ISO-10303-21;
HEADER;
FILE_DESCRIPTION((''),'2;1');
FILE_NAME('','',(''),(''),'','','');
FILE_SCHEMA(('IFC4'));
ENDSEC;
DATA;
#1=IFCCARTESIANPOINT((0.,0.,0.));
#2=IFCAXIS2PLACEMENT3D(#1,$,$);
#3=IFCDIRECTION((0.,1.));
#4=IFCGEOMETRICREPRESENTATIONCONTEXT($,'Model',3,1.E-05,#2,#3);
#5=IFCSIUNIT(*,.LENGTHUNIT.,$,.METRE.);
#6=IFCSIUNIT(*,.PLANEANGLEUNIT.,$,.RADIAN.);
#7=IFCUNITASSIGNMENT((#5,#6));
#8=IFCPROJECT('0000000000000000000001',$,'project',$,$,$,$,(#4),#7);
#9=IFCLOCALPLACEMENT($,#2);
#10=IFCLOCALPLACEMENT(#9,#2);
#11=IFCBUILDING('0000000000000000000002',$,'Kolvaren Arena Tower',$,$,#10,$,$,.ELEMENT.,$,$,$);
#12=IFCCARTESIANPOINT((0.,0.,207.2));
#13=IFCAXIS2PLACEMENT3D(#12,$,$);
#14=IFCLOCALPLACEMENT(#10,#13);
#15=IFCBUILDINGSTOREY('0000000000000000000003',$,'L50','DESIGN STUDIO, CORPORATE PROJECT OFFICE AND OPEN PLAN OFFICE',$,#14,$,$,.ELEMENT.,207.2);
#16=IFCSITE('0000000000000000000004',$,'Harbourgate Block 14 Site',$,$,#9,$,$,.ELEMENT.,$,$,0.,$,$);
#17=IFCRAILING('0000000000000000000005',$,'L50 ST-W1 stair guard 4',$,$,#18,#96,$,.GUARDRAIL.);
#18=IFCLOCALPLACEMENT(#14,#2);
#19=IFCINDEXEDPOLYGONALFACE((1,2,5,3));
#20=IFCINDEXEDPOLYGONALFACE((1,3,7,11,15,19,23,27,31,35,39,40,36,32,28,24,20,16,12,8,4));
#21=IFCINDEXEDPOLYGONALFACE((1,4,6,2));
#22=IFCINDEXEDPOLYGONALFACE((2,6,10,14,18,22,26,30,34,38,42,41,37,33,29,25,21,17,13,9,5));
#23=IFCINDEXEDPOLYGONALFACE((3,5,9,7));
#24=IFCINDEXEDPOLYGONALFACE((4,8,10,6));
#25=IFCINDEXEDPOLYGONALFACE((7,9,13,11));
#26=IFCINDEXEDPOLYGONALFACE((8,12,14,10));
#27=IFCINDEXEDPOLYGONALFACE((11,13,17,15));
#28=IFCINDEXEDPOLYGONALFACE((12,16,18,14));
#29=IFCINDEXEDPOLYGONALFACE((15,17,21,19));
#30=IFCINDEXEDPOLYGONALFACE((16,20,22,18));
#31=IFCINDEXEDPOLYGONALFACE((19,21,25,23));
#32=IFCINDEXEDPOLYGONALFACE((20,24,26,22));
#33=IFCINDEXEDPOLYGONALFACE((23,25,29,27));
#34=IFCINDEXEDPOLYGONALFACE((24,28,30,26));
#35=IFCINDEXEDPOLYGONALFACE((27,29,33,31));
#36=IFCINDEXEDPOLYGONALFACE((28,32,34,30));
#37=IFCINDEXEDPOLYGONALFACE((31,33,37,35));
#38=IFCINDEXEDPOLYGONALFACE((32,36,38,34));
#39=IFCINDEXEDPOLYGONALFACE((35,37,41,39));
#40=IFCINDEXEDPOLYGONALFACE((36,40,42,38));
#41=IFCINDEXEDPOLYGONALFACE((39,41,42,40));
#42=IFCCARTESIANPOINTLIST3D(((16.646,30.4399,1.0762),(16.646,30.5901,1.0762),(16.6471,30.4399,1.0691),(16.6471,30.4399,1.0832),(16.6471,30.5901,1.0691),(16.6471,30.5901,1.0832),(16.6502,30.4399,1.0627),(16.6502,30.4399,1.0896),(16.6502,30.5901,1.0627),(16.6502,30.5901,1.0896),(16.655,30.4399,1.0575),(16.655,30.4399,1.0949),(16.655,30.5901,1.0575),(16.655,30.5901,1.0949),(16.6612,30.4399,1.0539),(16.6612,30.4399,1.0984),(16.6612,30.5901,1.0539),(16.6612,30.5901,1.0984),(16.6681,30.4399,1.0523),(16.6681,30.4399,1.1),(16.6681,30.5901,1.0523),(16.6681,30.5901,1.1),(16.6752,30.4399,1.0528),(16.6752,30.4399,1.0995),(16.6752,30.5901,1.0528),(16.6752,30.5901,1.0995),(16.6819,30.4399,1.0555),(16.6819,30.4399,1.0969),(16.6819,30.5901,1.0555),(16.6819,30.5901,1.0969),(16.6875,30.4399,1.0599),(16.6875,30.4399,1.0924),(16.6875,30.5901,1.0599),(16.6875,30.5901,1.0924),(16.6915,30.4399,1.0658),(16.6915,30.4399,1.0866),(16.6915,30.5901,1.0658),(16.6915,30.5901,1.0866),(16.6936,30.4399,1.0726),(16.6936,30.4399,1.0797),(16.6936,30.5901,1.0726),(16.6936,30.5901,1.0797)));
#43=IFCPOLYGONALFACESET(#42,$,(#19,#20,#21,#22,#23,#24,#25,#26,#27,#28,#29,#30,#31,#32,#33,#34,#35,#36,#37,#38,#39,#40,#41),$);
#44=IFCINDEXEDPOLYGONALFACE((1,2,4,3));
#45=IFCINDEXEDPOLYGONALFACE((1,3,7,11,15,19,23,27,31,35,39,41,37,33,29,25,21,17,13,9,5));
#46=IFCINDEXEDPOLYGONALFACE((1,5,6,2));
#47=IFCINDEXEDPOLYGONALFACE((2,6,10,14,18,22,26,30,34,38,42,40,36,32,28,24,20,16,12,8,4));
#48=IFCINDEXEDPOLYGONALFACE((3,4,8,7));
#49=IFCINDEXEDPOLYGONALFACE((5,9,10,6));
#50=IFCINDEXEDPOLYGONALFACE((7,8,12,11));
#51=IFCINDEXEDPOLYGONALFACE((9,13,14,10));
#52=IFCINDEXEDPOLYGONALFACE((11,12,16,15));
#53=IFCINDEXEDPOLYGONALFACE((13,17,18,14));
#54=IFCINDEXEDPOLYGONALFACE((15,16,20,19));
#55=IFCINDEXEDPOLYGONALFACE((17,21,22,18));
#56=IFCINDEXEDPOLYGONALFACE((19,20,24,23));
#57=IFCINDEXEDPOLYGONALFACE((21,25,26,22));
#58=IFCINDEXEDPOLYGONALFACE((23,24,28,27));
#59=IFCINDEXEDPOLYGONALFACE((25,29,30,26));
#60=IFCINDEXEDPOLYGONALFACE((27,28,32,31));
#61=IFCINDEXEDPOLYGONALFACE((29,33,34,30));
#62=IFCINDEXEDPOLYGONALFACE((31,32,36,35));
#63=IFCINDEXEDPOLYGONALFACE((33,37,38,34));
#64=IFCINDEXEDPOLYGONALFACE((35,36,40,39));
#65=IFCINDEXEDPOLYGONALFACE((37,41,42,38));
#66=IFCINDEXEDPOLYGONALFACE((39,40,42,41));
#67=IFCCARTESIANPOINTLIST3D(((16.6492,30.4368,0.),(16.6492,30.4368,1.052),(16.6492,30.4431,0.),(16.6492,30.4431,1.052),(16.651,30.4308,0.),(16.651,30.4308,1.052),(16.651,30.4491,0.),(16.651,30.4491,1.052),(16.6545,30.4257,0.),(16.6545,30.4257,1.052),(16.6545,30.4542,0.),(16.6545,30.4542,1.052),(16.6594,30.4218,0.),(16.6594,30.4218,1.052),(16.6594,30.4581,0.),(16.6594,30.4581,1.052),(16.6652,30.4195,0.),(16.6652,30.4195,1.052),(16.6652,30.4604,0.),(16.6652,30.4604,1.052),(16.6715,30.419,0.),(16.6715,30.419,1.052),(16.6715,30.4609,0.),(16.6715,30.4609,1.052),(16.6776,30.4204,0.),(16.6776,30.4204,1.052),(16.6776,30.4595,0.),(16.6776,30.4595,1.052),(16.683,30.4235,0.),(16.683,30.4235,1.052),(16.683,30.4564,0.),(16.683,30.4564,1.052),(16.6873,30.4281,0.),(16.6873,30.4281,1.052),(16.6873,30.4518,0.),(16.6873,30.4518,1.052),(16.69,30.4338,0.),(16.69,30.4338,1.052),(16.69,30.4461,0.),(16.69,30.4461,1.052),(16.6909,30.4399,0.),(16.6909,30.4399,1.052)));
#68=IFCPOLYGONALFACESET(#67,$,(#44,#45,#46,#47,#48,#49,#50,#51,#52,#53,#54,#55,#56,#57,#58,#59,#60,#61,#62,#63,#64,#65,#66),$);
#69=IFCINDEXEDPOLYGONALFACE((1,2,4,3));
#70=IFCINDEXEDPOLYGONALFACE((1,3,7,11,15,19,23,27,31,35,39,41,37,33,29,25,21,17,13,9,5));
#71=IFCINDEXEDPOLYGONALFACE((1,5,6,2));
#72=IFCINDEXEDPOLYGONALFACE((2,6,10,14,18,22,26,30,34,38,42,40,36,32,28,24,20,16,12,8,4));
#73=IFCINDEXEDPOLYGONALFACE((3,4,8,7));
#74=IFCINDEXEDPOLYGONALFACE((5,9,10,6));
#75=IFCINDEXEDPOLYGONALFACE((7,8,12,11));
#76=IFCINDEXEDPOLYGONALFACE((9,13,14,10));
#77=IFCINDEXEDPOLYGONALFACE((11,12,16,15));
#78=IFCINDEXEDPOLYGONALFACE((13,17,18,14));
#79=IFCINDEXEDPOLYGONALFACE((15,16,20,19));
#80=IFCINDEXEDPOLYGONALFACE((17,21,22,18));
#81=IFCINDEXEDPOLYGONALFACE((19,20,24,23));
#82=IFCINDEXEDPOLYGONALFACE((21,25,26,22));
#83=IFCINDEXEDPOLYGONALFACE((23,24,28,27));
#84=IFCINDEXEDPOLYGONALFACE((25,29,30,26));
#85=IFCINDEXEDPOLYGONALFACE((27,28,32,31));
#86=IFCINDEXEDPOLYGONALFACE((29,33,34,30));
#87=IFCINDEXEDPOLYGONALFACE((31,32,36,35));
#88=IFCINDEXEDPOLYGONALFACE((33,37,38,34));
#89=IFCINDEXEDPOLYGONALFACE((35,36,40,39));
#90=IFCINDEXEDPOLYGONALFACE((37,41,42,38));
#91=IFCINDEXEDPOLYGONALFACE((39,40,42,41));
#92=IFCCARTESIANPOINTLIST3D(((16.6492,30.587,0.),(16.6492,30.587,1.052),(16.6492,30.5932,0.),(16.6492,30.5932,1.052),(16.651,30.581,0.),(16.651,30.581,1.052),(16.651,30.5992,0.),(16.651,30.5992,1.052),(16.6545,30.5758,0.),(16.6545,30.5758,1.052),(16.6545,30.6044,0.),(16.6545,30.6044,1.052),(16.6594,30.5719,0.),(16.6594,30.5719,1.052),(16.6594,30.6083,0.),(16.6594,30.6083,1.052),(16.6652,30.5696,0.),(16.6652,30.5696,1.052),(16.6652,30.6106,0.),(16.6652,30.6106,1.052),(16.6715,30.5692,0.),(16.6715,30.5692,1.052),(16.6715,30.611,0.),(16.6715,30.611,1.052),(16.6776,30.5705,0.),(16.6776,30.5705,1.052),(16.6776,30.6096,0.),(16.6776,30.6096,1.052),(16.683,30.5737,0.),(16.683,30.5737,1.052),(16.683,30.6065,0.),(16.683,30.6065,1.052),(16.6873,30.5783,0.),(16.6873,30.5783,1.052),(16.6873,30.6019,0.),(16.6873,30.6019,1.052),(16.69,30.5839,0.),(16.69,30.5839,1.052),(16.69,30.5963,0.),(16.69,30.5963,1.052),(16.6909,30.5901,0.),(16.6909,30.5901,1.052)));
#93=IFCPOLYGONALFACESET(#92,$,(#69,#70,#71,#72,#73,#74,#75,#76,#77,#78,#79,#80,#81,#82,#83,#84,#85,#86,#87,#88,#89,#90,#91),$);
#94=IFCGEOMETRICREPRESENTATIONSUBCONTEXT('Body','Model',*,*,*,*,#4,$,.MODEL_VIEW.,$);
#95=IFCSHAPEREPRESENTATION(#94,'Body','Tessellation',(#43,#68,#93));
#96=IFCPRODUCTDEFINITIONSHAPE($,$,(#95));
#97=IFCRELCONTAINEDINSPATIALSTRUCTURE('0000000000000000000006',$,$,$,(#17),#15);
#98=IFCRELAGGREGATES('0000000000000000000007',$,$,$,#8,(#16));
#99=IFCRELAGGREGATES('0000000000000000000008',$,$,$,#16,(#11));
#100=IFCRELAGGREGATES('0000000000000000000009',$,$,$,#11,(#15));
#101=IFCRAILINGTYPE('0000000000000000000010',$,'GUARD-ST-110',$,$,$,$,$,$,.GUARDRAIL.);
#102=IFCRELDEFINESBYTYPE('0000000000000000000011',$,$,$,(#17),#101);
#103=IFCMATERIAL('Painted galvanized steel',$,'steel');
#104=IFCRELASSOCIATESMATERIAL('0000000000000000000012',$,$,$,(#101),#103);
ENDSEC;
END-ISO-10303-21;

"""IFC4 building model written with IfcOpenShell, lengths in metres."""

from ifc_helpers import new_model, si_unit, direction, frame, origin, origin_2d, place, context, subcontext, project, spatial, circle, extrude, material, type_object, element, save


model = new_model("IFC4")

# Units and contexts
model_context = context("Model", 3, precision=1e-05, world=origin(), true_north=direction((0.0, 1.0)))
body_context = subcontext(model_context, "Body", "Model", "MODEL_VIEW")
ifc_project = project(units=[si_unit("LENGTHUNIT", "METRE"), si_unit("PLANEANGLEUNIT", "RADIAN")], contexts=[model_context])

# Site, building, storey
site_placement = place(None, origin())
site = spatial("IfcSite", under=ifc_project, at=site_placement, Name="Harbourgate Block 14 Site", CompositionType="ELEMENT", RefElevation=0.0)
building_placement = place(site_placement, origin())
building = spatial("IfcBuilding", under=site, at=building_placement, Name="Kolvaren Arena Tower", CompositionType="ELEMENT")
storey_placement = place(building_placement, frame((0.0, 0.0, 207.2)))
storey = spatial("IfcBuildingStorey", under=building, at=storey_placement, Name="L50", Description="DESIGN STUDIO, CORPORATE PROJECT OFFICE AND OPEN PLAN OFFICE", CompositionType="ELEMENT", Elevation=207.2)

# Railing
ifc_material_1 = material(Name="Painted galvanized steel", Category="steel")
railing_type_1 = type_object("IfcRailingType", Name="GUARD-ST-110", PredefinedType="GUARDRAIL", material=ifc_material_1)
railing_1_placement = place(storey_placement, frame((16.6699, 30.4399, 0.0)))
element("IfcRailing", 1, at=railing_1_placement, inside=storey, type_object=railing_type_1, Name="L50 ST-W1 stair guard 4", PredefinedType="GUARDRAIL", context=body_context, shape_type="SweptSolid", body=[
    extrude(circle(Radius=0.0239, at=origin_2d()), frame((0.0, 0.0, 1.0762), z_axis=(0.0, 1.0, 0.0), x_axis=(-1.0, 0.0, 0.0)), (0.0, 0.0, 1.0), 0.1501),
    extrude(circle(Radius=0.021, at=origin_2d()), origin(), (0.0, 0.0, 1.0), 1.052),
    extrude(circle(Radius=0.021, at=origin_2d()), frame((0.0, 0.1501, 0.0)), (0.0, 0.0, 1.0), 1.052),
])

save(model, "model.ifc")
